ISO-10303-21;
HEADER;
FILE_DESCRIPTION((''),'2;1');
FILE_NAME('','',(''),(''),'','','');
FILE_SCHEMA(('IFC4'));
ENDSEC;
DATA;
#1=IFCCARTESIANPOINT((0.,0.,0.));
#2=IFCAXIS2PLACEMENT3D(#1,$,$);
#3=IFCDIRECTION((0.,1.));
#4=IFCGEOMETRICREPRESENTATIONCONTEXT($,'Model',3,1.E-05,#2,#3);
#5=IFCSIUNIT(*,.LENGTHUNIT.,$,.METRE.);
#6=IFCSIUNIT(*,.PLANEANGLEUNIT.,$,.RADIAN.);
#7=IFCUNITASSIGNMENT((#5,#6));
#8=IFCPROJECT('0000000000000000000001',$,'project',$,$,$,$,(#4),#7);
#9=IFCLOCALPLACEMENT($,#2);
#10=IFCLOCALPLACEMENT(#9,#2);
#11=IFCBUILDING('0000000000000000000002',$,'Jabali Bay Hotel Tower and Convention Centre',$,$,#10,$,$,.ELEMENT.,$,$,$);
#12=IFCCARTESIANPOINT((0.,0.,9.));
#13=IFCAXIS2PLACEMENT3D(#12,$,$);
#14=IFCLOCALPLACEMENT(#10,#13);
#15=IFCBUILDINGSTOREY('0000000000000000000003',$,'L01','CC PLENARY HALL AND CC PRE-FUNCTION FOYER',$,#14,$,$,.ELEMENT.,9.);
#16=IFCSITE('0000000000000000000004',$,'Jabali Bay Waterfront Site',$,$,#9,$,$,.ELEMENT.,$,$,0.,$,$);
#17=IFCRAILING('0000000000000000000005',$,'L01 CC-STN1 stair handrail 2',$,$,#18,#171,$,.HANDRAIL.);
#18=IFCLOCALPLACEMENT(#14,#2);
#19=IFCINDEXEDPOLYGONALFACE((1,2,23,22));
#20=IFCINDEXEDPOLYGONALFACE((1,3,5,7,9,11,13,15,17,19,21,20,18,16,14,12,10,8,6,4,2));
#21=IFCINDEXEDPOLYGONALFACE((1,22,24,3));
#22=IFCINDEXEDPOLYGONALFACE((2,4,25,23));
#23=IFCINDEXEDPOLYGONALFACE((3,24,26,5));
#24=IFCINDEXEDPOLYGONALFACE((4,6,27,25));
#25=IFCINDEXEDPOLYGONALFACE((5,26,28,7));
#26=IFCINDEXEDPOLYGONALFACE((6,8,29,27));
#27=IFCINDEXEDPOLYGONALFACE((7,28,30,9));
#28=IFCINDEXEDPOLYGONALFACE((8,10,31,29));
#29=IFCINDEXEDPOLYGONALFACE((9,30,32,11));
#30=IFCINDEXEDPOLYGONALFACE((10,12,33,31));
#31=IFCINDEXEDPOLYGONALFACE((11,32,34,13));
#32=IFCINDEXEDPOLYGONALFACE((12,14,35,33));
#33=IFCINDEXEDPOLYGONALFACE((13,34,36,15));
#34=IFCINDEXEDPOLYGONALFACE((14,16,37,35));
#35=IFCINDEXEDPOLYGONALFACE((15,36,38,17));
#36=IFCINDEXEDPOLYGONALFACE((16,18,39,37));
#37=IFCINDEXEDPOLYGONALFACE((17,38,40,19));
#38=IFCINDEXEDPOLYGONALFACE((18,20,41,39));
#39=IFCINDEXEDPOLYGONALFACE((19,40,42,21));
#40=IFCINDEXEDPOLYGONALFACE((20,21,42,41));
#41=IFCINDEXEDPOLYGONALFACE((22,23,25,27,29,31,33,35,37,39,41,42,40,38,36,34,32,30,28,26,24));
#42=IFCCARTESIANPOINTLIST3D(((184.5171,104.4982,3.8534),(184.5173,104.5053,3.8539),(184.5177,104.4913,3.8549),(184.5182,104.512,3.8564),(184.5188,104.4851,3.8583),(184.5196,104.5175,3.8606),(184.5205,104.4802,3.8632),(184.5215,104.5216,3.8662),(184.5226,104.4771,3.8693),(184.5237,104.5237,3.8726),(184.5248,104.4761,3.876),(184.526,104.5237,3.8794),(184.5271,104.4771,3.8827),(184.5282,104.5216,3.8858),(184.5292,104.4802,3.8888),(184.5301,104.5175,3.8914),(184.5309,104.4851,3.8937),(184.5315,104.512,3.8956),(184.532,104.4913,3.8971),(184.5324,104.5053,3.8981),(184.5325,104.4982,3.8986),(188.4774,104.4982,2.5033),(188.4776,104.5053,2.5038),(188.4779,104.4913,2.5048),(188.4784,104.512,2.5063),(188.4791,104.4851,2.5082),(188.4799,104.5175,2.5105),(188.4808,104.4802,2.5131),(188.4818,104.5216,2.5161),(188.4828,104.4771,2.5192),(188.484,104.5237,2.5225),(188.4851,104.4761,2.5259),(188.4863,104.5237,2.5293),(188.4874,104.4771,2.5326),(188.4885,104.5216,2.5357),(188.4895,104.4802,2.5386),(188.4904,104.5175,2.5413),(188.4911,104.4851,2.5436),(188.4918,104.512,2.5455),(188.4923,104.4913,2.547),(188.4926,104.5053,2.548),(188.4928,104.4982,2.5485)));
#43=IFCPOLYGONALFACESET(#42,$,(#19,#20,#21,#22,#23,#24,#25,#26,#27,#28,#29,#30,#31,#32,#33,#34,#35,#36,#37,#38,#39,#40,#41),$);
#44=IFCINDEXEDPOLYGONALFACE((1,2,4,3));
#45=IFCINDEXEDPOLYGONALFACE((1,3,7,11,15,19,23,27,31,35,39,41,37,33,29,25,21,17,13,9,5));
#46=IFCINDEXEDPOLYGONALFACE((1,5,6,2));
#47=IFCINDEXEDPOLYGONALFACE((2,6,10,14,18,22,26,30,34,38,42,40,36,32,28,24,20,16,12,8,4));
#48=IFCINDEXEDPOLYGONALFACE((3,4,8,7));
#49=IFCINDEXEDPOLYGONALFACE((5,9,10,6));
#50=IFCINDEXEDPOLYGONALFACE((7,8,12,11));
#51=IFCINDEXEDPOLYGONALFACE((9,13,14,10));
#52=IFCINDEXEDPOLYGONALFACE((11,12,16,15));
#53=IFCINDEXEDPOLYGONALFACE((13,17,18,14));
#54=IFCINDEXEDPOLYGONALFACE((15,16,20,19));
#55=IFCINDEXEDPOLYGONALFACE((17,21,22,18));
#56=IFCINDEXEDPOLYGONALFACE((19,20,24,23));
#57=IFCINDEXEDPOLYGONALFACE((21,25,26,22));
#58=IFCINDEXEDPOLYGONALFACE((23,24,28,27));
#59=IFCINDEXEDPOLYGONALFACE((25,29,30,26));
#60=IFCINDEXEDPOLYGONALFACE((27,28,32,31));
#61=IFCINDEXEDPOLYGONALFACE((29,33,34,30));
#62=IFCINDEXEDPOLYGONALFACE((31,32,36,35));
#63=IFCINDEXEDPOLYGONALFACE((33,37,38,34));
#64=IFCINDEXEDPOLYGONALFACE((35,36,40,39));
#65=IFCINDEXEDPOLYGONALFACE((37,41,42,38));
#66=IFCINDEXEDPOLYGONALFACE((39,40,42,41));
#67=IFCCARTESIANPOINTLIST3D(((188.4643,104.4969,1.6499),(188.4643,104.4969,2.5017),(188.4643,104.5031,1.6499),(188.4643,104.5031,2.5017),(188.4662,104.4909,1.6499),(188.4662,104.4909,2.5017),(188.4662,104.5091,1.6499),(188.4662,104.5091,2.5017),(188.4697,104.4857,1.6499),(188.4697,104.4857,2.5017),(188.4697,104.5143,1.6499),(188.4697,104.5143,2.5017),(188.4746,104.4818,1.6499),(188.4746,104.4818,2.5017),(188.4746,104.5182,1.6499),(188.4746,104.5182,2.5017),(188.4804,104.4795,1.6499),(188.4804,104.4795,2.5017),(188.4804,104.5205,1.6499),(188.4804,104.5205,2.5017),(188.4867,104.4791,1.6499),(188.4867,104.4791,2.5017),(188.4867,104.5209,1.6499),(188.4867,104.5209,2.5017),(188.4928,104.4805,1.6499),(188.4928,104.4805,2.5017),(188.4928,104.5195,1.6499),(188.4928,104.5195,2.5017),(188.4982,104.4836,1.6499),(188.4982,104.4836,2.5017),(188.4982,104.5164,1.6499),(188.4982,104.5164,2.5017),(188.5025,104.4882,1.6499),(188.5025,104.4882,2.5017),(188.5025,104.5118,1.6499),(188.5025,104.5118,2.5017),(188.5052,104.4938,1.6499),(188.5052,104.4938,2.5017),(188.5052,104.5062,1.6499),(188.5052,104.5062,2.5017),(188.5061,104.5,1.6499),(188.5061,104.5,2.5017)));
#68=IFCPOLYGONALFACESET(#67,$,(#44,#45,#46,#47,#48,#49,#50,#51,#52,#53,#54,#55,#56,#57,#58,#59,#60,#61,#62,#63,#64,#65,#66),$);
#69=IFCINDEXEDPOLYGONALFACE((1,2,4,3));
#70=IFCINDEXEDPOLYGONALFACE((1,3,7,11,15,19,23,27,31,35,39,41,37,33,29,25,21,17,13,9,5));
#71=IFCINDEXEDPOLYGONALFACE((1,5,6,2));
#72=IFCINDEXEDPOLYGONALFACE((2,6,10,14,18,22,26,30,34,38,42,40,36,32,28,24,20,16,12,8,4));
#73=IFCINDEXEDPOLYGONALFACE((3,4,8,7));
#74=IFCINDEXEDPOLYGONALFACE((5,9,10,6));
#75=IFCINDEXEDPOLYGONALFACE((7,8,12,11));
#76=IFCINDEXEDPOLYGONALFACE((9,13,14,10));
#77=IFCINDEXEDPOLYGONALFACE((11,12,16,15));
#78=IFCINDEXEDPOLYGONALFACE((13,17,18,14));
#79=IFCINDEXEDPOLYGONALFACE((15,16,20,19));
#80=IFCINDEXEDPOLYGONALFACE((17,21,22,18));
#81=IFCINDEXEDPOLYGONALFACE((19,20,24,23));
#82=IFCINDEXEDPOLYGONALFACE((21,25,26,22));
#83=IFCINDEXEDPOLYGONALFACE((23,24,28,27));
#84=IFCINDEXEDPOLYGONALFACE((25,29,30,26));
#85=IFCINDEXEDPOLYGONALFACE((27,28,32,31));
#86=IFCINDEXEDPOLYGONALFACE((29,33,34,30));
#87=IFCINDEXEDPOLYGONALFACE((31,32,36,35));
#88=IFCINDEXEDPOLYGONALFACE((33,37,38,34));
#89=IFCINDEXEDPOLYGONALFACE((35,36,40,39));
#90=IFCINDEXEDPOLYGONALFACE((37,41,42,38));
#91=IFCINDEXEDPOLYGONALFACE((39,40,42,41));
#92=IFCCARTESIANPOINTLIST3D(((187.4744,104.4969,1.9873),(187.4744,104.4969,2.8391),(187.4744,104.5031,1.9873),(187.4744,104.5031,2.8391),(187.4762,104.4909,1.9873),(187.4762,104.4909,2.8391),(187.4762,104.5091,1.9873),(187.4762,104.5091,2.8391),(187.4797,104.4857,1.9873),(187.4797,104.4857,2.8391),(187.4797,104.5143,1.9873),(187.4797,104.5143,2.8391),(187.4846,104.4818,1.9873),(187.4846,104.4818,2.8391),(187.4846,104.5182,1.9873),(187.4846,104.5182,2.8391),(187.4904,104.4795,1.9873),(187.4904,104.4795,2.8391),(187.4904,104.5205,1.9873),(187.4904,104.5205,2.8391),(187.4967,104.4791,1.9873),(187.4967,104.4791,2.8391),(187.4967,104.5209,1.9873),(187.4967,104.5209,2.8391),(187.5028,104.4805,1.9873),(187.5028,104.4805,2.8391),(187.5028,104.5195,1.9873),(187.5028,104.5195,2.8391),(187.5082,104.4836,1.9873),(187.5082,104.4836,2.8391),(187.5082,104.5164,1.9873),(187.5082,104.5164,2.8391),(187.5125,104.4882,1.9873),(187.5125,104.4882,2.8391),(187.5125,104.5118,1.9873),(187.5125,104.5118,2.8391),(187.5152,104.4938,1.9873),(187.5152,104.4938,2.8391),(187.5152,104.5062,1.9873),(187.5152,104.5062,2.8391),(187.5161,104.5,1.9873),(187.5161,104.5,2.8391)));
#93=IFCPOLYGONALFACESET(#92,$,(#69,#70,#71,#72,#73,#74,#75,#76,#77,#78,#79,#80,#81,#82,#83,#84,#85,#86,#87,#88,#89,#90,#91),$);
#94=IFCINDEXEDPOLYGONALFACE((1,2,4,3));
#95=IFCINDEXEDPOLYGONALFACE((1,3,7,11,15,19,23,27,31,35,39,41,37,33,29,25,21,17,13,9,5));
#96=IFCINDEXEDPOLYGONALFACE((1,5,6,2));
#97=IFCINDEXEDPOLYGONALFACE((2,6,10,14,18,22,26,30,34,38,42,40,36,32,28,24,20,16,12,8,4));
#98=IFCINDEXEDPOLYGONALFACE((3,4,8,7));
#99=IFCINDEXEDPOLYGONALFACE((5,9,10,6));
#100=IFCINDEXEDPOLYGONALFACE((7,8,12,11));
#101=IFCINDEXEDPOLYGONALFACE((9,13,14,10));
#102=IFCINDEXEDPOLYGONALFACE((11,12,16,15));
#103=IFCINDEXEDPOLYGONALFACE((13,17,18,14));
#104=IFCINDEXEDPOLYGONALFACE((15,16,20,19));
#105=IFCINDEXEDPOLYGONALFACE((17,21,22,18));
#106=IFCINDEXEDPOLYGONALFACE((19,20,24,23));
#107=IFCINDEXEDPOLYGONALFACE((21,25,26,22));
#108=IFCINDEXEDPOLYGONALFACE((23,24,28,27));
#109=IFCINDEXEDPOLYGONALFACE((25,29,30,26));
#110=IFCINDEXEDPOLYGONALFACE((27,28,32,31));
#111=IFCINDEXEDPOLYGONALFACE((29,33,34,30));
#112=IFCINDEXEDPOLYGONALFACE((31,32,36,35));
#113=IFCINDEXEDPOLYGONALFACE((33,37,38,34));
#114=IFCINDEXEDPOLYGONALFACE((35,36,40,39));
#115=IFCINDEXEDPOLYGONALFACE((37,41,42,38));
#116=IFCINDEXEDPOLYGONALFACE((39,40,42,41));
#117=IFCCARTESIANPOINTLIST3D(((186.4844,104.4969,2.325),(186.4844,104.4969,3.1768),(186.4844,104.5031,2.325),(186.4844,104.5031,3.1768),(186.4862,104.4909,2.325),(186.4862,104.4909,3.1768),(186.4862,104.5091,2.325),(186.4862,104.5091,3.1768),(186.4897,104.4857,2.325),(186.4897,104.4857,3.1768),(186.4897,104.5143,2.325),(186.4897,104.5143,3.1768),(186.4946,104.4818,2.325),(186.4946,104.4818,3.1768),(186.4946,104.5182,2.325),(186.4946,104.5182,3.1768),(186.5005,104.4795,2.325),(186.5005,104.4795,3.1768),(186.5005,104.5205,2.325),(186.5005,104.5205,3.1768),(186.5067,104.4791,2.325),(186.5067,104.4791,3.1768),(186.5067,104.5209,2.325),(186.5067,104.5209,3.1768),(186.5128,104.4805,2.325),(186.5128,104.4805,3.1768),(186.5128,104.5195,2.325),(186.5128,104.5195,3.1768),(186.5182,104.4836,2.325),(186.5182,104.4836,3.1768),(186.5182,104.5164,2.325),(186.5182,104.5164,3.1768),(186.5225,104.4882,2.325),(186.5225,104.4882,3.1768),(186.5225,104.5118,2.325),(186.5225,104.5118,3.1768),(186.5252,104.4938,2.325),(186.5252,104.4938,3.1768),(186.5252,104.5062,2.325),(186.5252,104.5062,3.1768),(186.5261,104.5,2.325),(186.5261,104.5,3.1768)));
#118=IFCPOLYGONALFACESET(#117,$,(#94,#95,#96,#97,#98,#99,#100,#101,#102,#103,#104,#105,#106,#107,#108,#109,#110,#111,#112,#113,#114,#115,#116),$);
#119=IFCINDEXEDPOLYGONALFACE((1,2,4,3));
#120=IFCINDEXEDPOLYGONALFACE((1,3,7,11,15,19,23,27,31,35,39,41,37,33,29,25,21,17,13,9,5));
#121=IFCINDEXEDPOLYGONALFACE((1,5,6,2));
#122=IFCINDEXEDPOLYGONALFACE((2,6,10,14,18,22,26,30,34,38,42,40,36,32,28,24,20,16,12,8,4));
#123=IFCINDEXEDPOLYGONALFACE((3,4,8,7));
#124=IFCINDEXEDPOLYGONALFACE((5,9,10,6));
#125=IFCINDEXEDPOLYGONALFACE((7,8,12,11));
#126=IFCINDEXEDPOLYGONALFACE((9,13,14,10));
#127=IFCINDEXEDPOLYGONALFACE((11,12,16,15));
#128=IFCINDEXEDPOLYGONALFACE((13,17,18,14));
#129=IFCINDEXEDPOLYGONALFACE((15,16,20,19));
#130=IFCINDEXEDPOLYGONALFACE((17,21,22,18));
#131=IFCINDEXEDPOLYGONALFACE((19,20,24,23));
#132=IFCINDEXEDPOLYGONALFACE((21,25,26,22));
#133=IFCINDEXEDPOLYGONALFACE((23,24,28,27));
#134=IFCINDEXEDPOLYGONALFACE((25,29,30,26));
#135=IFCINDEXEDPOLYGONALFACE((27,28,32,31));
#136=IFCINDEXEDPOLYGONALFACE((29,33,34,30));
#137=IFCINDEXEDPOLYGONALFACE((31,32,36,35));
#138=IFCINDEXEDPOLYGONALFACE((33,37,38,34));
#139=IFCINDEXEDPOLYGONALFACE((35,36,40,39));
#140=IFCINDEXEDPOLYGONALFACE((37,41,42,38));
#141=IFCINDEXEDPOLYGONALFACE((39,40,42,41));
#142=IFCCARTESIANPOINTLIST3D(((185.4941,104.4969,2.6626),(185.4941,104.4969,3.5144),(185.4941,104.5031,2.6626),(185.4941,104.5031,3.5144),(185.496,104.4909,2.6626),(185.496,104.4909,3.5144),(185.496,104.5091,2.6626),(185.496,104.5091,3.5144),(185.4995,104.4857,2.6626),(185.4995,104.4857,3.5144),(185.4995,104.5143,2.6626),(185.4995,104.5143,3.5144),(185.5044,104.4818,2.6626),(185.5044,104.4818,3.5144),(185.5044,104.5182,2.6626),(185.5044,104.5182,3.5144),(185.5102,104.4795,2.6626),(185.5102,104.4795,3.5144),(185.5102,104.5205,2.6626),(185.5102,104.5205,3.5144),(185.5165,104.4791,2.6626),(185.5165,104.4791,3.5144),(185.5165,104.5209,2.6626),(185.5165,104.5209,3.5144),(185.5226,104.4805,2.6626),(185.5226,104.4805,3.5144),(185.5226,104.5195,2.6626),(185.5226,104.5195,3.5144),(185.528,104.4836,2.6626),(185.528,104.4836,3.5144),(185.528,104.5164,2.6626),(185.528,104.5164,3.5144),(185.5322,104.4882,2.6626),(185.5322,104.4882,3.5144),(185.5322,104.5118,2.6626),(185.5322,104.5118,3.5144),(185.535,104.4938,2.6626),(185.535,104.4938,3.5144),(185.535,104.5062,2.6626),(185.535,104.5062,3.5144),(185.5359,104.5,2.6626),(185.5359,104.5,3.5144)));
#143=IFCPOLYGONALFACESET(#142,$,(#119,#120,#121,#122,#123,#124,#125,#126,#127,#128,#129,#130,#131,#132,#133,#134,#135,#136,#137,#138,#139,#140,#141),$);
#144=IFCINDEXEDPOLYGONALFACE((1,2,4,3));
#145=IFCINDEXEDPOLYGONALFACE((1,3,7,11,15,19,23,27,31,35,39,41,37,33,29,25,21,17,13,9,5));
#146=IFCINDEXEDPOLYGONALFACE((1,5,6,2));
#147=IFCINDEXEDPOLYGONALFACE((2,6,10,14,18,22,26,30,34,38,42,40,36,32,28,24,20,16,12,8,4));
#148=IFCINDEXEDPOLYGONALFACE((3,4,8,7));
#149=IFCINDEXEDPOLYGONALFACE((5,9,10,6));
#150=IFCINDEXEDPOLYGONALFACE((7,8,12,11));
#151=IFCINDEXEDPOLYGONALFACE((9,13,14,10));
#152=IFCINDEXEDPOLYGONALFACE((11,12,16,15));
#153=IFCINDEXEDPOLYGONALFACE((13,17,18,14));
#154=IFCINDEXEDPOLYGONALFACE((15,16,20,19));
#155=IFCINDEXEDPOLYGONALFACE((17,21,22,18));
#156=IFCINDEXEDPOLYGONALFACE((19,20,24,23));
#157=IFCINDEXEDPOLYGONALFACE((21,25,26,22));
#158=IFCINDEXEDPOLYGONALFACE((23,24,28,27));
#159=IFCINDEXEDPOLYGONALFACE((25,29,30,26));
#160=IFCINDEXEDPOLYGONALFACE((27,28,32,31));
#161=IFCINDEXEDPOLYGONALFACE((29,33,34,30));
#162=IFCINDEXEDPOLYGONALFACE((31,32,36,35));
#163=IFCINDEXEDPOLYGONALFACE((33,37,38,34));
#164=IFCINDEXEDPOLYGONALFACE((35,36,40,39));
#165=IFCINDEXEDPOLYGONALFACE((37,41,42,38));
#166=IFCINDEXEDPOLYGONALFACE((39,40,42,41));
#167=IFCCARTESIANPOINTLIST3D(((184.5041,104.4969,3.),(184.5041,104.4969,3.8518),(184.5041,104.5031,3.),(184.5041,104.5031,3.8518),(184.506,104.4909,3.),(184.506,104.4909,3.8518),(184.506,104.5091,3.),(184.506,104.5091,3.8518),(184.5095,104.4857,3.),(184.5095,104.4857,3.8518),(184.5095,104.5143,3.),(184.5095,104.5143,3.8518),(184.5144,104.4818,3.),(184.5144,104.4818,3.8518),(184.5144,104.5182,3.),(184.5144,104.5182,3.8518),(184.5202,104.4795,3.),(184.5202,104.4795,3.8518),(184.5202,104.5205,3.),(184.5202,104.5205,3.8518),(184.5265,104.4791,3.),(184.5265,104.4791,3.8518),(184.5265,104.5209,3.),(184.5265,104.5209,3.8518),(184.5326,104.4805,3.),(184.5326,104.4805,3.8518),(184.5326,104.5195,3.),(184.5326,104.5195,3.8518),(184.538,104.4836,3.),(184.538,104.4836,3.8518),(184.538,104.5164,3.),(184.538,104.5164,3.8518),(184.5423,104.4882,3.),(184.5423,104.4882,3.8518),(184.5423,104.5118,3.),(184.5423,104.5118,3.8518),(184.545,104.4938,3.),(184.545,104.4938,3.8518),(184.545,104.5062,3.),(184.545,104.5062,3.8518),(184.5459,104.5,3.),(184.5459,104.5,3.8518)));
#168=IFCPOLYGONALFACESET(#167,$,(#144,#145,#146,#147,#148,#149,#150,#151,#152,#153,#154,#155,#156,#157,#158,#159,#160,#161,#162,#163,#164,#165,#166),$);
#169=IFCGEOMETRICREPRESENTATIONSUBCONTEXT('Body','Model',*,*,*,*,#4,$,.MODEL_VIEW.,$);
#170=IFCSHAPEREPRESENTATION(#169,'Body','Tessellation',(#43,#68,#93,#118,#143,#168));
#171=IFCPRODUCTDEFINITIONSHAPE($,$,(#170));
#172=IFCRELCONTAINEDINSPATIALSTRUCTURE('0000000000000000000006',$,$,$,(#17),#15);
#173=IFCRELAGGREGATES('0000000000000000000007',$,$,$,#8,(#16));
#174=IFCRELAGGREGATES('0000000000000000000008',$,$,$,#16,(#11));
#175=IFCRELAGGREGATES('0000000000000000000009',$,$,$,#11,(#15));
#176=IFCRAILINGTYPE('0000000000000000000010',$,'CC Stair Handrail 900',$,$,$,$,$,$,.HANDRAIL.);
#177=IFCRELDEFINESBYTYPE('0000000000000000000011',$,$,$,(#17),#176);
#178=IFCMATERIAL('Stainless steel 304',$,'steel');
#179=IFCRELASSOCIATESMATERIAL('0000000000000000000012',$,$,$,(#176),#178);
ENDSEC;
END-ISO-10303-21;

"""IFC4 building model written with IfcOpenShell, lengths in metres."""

from ifc_helpers import new_model, si_unit, direction, frame, origin, origin_2d, place, context, subcontext, project, spatial, circle, extrude, material, type_object, element, save


model = new_model("IFC4")

# Units and contexts
model_context = context("Model", 3, precision=1e-05, world=origin(), true_north=direction((0.0, 1.0)))
body_context = subcontext(model_context, "Body", "Model", "MODEL_VIEW")
ifc_project = project(units=[si_unit("LENGTHUNIT", "METRE"), si_unit("PLANEANGLEUNIT", "RADIAN")], contexts=[model_context])

# Site, building, storey
site_placement = place(None, origin())
site = spatial("IfcSite", under=ifc_project, at=site_placement, Name="Jabali Bay Waterfront Site", CompositionType="ELEMENT", RefElevation=0.0)
building_placement = place(site_placement, origin())
building = spatial("IfcBuilding", under=site, at=building_placement, Name="Jabali Bay Hotel Tower and Convention Centre", CompositionType="ELEMENT")
storey_placement = place(building_placement, frame((0.0, 0.0, 9.0)))
storey = spatial("IfcBuildingStorey", under=building, at=storey_placement, Name="L01", Description="CC PLENARY HALL AND CC PRE-FUNCTION FOYER", CompositionType="ELEMENT", Elevation=9.0)

# Railing
ifc_material_1 = material(Name="Stainless steel 304", Category="steel")
railing_type_1 = type_object("IfcRailingType", Name="CC Stair Handrail 900", PredefinedType="HANDRAIL", material=ifc_material_1)
for number, where, name in (
    (1, (188.4851, 104.5, 1.6499), "L01 CC-STN1 stair handrail 2"),
):
    element("IfcRailing", number, at=place(storey_placement, frame(where)), inside=storey, type_object=railing_type_1, Name=name, PredefinedType="HANDRAIL", context=body_context, shape_type="SweptSolid", body=[
        extrude(circle(Radius=0.0239, at=origin_2d()), frame((0.0, 0.0, 0.876), z_axis=(-0.946508, 0.0, 0.32268), x_axis=(0.0, -1.0, 0.0)), (0.0, 0.0, 1.0), 4.1841),
        extrude(circle(Radius=0.021, at=origin_2d()), origin(), (0.0, 0.0, 1.0), 0.8518),
        extrude(circle(Radius=0.021, at=origin_2d()), frame((-0.99, 0.0, 0.3374)), (0.0, 0.0, 1.0), 0.8518),
        extrude(circle(Radius=0.021, at=origin_2d()), frame((-1.98, 0.0, 0.675)), (0.0, 0.0, 1.0), 0.8518),
        extrude(circle(Radius=0.021, at=origin_2d()), frame((-2.9702, 0.0, 1.0127)), (0.0, 0.0, 1.0), 0.8518),
        extrude(circle(Radius=0.021, at=origin_2d()), frame((-3.9602, 0.0, 1.3501)), (0.0, 0.0, 1.0), 0.8518),
    ])

save(model, "model.ifc")
